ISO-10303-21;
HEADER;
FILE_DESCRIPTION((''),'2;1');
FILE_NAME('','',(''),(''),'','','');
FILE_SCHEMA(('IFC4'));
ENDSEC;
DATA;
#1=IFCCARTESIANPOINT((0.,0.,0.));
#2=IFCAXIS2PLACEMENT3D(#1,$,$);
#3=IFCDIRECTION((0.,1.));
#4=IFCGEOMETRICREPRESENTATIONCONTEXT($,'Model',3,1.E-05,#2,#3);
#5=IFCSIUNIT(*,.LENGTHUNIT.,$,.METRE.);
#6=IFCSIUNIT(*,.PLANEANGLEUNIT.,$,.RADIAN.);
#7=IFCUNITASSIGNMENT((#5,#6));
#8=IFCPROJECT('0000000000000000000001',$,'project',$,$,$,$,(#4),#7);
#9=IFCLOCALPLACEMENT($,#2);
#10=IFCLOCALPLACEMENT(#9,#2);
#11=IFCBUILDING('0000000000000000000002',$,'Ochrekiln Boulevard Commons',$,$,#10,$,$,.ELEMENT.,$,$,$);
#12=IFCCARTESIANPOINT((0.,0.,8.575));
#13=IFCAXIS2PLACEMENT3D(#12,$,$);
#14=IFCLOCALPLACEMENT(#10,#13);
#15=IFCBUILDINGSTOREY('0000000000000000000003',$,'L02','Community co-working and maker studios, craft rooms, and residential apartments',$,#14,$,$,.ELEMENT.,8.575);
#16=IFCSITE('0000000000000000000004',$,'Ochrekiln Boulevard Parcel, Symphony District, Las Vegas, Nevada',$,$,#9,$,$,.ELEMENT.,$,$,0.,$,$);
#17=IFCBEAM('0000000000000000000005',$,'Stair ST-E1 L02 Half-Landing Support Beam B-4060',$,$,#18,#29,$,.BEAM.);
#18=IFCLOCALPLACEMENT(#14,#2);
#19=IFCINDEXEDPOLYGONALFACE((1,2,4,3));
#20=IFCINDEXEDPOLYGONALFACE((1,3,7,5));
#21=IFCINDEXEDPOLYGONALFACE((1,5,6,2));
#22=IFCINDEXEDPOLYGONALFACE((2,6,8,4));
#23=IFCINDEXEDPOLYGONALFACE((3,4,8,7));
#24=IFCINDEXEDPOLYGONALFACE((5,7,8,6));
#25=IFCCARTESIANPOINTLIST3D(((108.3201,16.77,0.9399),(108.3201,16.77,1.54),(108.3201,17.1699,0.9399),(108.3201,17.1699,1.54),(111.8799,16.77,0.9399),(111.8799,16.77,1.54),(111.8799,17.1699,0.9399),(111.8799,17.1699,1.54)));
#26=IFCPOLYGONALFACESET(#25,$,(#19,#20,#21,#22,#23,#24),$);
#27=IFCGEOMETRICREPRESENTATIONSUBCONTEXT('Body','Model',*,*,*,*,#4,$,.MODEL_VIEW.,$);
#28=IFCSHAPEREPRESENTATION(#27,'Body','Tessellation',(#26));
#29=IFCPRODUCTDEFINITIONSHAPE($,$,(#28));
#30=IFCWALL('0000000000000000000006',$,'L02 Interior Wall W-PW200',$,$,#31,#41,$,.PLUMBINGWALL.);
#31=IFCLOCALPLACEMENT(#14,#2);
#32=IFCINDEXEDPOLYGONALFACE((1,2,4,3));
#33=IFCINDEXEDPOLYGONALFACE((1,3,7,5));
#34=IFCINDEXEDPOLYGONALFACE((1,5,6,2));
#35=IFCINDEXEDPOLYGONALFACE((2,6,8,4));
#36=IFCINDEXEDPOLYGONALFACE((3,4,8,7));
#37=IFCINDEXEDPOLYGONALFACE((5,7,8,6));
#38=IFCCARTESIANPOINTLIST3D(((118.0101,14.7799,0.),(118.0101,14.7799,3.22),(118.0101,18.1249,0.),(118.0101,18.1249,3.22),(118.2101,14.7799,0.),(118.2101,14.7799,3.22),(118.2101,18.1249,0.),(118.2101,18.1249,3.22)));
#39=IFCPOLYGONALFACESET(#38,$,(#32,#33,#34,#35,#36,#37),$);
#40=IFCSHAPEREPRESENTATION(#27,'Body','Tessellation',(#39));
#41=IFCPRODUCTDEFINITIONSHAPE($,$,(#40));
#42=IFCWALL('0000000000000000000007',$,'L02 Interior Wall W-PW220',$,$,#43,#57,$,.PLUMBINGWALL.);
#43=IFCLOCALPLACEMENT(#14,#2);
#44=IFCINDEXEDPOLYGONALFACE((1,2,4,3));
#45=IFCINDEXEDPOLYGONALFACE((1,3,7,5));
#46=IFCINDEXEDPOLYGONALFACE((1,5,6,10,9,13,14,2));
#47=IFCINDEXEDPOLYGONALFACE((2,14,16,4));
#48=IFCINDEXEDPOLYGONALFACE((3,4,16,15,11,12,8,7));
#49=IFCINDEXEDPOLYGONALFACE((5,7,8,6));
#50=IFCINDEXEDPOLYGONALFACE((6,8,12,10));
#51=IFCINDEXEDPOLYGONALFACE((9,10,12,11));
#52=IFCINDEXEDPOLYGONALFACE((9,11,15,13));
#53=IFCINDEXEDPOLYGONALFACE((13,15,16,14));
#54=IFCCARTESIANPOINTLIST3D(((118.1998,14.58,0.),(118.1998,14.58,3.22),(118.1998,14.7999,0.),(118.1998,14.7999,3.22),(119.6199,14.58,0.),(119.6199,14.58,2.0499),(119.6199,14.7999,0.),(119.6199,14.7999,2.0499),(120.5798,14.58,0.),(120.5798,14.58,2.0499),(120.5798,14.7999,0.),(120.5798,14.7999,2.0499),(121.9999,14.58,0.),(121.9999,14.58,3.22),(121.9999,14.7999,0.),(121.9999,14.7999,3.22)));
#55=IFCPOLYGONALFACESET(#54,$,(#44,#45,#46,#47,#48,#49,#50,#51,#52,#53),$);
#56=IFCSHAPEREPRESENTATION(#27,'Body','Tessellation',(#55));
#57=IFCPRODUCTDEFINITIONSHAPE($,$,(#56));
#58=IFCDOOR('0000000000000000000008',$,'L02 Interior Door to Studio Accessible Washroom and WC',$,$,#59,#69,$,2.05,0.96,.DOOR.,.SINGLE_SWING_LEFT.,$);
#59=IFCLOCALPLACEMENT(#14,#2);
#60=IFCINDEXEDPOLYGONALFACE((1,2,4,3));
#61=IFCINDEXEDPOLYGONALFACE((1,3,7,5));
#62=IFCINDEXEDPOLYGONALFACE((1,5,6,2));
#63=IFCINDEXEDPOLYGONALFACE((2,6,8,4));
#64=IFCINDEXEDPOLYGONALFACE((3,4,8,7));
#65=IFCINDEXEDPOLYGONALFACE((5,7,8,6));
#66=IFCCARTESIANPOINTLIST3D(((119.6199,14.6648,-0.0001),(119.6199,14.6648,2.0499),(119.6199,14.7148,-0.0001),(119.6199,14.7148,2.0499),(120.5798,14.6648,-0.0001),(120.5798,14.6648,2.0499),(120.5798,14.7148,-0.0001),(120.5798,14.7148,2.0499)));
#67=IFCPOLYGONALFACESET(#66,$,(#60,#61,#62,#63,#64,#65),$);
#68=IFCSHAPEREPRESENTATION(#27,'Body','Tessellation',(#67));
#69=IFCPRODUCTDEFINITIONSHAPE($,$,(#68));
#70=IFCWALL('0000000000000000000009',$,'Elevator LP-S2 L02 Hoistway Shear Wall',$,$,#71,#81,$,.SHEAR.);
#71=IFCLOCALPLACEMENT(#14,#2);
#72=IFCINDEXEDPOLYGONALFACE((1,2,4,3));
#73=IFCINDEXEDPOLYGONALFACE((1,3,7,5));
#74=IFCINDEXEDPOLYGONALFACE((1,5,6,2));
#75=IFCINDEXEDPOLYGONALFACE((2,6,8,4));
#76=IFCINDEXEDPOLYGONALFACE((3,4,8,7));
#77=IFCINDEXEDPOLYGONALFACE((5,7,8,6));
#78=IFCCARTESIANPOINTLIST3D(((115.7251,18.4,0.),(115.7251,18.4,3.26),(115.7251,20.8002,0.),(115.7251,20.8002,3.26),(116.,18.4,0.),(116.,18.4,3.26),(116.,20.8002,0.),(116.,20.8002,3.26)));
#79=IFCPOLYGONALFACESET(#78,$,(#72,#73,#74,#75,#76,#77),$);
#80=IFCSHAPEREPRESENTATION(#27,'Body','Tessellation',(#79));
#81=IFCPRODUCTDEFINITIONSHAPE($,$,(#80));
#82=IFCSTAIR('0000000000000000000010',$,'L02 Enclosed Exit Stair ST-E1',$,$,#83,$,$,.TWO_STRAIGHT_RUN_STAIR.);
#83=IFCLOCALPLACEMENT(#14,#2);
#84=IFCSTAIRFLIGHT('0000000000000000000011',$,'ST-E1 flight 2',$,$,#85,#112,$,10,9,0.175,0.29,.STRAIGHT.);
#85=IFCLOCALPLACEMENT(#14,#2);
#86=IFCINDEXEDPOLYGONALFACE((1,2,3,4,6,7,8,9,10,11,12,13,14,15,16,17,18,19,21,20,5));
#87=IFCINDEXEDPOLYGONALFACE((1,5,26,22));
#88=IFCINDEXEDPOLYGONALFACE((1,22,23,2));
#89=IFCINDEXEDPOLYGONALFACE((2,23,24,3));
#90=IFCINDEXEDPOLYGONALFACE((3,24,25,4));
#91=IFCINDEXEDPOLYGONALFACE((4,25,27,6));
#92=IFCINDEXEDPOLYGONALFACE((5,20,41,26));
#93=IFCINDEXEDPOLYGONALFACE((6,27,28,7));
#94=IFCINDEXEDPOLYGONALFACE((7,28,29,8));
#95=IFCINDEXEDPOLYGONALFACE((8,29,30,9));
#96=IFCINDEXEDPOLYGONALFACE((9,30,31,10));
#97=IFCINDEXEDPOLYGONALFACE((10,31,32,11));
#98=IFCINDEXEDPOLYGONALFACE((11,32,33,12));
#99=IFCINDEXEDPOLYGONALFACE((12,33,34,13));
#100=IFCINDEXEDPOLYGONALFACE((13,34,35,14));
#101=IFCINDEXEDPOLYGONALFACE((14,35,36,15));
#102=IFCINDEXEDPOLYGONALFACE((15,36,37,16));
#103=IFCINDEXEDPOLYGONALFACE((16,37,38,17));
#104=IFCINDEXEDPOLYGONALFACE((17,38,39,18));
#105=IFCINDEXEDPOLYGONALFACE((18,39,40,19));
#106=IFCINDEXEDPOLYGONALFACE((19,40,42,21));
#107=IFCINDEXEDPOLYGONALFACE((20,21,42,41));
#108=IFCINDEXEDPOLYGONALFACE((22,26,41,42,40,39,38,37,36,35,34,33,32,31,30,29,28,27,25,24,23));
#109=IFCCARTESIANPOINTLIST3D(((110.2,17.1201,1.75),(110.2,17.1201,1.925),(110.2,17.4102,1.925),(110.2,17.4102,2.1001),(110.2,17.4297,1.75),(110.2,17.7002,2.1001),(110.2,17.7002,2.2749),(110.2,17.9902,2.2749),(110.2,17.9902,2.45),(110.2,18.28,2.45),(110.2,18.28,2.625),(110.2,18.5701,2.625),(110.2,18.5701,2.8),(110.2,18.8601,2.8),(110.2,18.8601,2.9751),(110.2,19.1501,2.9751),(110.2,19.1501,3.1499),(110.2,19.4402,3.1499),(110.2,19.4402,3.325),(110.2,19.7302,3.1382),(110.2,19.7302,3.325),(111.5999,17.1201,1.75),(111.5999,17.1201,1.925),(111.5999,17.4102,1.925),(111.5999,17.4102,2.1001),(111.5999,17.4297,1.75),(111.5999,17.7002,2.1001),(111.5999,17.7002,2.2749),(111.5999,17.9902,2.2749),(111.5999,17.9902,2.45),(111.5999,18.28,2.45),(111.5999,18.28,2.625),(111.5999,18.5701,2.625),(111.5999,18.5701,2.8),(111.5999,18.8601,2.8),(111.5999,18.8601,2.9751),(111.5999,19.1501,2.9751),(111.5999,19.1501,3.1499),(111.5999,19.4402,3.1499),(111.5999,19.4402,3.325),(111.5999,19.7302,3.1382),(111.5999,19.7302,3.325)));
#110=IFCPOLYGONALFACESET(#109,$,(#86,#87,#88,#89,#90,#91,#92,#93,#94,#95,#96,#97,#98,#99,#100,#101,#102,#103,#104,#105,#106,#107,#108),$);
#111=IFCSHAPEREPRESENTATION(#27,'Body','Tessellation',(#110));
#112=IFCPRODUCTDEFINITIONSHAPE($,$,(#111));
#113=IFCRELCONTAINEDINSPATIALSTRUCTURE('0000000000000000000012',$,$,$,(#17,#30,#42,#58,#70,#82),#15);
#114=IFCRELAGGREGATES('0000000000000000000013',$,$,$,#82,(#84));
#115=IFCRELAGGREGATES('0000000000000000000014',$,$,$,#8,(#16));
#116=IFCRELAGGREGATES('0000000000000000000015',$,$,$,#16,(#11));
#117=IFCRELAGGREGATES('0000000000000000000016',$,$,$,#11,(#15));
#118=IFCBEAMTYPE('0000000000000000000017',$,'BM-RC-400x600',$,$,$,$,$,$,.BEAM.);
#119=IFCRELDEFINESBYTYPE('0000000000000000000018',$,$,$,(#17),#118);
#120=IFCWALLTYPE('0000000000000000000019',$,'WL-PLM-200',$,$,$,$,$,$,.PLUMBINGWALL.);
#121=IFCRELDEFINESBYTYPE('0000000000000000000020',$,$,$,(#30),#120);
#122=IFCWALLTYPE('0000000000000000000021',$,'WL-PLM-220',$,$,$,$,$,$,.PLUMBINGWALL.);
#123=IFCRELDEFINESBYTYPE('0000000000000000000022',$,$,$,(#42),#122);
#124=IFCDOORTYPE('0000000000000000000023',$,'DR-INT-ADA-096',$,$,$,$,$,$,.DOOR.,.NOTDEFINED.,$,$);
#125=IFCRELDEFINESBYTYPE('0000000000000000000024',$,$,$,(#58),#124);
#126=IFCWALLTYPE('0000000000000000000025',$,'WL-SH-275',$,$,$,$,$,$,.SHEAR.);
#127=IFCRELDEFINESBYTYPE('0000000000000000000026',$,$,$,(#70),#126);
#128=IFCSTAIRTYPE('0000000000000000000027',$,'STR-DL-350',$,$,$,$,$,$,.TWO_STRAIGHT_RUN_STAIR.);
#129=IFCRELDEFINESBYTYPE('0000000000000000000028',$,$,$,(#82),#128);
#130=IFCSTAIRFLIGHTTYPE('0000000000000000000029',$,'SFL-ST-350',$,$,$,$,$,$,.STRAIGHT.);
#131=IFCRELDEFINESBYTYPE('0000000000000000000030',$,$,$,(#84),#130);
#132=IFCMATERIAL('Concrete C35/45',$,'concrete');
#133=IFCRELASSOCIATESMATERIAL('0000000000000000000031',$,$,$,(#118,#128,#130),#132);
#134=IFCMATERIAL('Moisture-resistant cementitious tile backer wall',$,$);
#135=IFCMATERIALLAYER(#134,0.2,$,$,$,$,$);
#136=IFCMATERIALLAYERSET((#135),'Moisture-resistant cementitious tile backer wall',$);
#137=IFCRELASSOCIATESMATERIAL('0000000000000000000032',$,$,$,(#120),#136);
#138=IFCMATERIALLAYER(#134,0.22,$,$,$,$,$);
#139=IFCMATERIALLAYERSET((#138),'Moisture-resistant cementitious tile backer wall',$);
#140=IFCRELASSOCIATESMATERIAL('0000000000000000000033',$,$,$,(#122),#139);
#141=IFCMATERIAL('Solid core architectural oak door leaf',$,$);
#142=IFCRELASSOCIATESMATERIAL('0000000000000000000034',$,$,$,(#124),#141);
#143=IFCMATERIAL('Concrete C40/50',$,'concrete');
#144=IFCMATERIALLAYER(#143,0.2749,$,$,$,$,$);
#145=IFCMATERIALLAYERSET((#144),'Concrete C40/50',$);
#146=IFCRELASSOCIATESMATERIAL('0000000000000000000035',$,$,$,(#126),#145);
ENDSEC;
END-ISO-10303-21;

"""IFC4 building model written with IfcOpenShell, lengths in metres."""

from ifc_helpers import new_model, si_unit, direction, frame, frame_2d, origin, origin_2d, place, context, subcontext, project, spatial, polyline, rectangle, outline, extrude, material, layer, layer_set, material_profile, profile_set, type_object, element, fill, aggregate, save


model = new_model("IFC4")

# Units and contexts
model_context = context("Model", 3, precision=1e-05, world=origin(), true_north=direction((0.0, 1.0)))
body_context = subcontext(model_context, "Body", "Model", "MODEL_VIEW")
ifc_project = project(units=[si_unit("LENGTHUNIT", "METRE"), si_unit("PLANEANGLEUNIT", "RADIAN")], contexts=[model_context])

# Site, building, storey
site_placement = place(None, origin())
site = spatial("IfcSite", under=ifc_project, at=site_placement, Name="Ochrekiln Boulevard Parcel, Symphony District, Las Vegas, Nevada", CompositionType="ELEMENT", RefElevation=0.0)
building_placement = place(site_placement, origin())
building = spatial("IfcBuilding", under=site, at=building_placement, Name="Ochrekiln Boulevard Commons", CompositionType="ELEMENT")
storey_placement = place(building_placement, frame((0.0, 0.0, 8.575)))
storey = spatial("IfcBuildingStorey", under=building, at=storey_placement, Name="L02", Description="Community co-working and maker studios, craft rooms, and residential apartments", CompositionType="ELEMENT", Elevation=8.575)

# Beam
ifc_material_1 = material(Name="Concrete C35/45", Category="concrete")
ifc_material_profile = material_profile(ifc_material_1, rectangle(XDim=0.3999, YDim=0.6001, at=origin_2d()), Name="RC-BM-400x600")
ifc_profile_set = profile_set([ifc_material_profile], Name="Concrete C35/45")
beam_type = type_object("IfcBeamType", Name="BM-RC-400x600", PredefinedType="BEAM", material=ifc_profile_set)
beam_placement = place(storey_placement, frame((108.3201, 16.97, 1.24), z_axis=(1.0, 0.0, 0.0), x_axis=(0.0, 1.0, 0.0)))
element("IfcBeam", 1, at=beam_placement, inside=storey, type_object=beam_type, Name="Stair ST-E1 L02 Half-Landing Support Beam B-4060", PredefinedType="BEAM", context=body_context, shape_type="SweptSolid", body=[
    extrude(rectangle(XDim=0.3999, YDim=0.6001, at=origin_2d()), origin(), (0.0, 0.0, 1.0), 3.5598),
])

# Wall
ifc_material_2 = material(Name="Moisture-resistant cementitious tile backer wall")
ifc_layer_1 = layer(ifc_material_2, 0.2)
ifc_layer_set_1 = layer_set([ifc_layer_1], Name="Moisture-resistant cementitious tile backer wall")
wall_type_1 = type_object("IfcWallType", Name="WL-PLM-200", PredefinedType="PLUMBINGWALL", material=ifc_layer_set_1)
wall_1_placement = place(storey_placement, frame((118.1101, 14.78, 0.0), z_axis=(0.0, 0.0, 1.0), x_axis=(0.0, 1.0, 0.0)))
element("IfcWall", 2, at=wall_1_placement, inside=storey, type_object=wall_type_1, Name="L02 Interior Wall W-PW200", PredefinedType="PLUMBINGWALL", context=body_context, shape_type="SweptSolid", body=[
    extrude(rectangle(XDim=3.345, YDim=0.2, at=frame_2d((1.6724, 0.0))), origin(), (0.0, 0.0, 1.0), 3.22),
])

# Wall, opening, door
ifc_layer_2 = layer(ifc_material_2, 0.22)
ifc_layer_set_2 = layer_set([ifc_layer_2], Name="Moisture-resistant cementitious tile backer wall")
wall_type_2 = type_object("IfcWallType", Name="WL-PLM-220", PredefinedType="PLUMBINGWALL", material=ifc_layer_set_2)
wall_2_placement = place(storey_placement, frame((118.2, 14.6899, 0.0), z_axis=(0.0, 0.0, 1.0), x_axis=(1.0, 0.0, 0.0)))
wall_2 = element("IfcWall", 3, at=wall_2_placement, inside=storey, type_object=wall_type_2, Name="L02 Interior Wall W-PW220", PredefinedType="PLUMBINGWALL", context=body_context, shape_type="SweptSolid", body=[
    extrude(rectangle(XDim=3.8, YDim=0.22, at=frame_2d((1.8999, 0.0))), origin(), (0.0, 0.0, 1.0), 3.22),
])
opening_1_placement = place(wall_2_placement, frame((1.4199, 0.0, 0.0)))
opening_1 = element("IfcOpeningElement", 4, at=opening_1_placement, cuts=wall_2, PredefinedType="OPENING", context=body_context, shape_type="SweptSolid", body=[
    extrude(rectangle(XDim=0.96, YDim=2.05, at=frame_2d((0.48, 1.0249))), frame((0.0, 0.1199, 0.0), z_axis=(0.0, -1.0, 0.0), x_axis=(1.0, 0.0, 0.0)), (0.0, 0.0, 1.0), 0.24),
])
ifc_material_3 = material(Name="Solid core architectural oak door leaf")
door_type_1 = type_object("IfcDoorType", Name="DR-INT-ADA-096", OperationType="NOTDEFINED", PredefinedType="DOOR", material=ifc_material_3)
door_1_placement = place(opening_1_placement, origin())
door_1 = element("IfcDoor", 5, at=door_1_placement, inside=storey, type_object=door_type_1, Name="L02 Interior Door to Studio Accessible Washroom and WC", OperationType="SINGLE_SWING_LEFT", OverallHeight=2.05, OverallWidth=0.96, PredefinedType="DOOR", context=body_context, shape_type="SweptSolid", body=[
    extrude(rectangle(XDim=0.96, YDim=2.05, at=frame_2d((0.48, 1.0249))), frame((0.0, 0.0249, 0.0), z_axis=(0.0, -1.0, 0.0), x_axis=(1.0, 0.0, 0.0)), (0.0, 0.0, 1.0), 0.05),
])
fill(opening_1, door_1)
ifc_material_4 = material(Name="Concrete C40/50", Category="concrete")
ifc_layer_3 = layer(ifc_material_4, 0.2749)
ifc_layer_set_3 = layer_set([ifc_layer_3], Name="Concrete C40/50")
wall_type_3 = type_object("IfcWallType", Name="WL-SH-275", PredefinedType="SHEAR", material=ifc_layer_set_3)

# Wall
wall_3_placement = place(storey_placement, frame((115.8625, 18.3999, 0.0), z_axis=(0.0, 0.0, 1.0), x_axis=(0.0, 1.0, 0.0)))
element("IfcWall", 6, at=wall_3_placement, inside=storey, type_object=wall_type_3, Name="Elevator LP-S2 L02 Hoistway Shear Wall", PredefinedType="SHEAR", context=body_context, shape_type="SweptSolid", body=[
    extrude(rectangle(XDim=2.4001, YDim=0.2749, at=frame_2d((1.2002, 0.0))), origin(), (0.0, 0.0, 1.0), 3.26),
])

# Stair, stair flight
stair_type = type_object("IfcStairType", Name="STR-DL-350", PredefinedType="TWO_STRAIGHT_RUN_STAIR", material=ifc_material_1)
stair_placement = place(storey_placement, origin())
stair = element("IfcStair", 7, at=stair_placement, inside=storey, type_object=stair_type, Name="L02 Enclosed Exit Stair ST-E1", PredefinedType="TWO_STRAIGHT_RUN_STAIR")
stair_flight_type = type_object("IfcStairFlightType", Name="SFL-ST-350", PredefinedType="STRAIGHT", material=ifc_material_1)
stair_flight_placement = place(storey_placement, frame((110.8999, 17.1201, 1.75), z_axis=(0.0, 0.0, 1.0), x_axis=(0.0, 1.0, 0.0)))
stair_flight = element("IfcStairFlight", 8, at=stair_flight_placement, type_object=stair_flight_type, Name="ST-E1 flight 2", NumberOfRisers=10, NumberOfTreads=9, PredefinedType="STRAIGHT", RiserHeight=0.175, TreadLength=0.29, context=body_context, shape_type="SweptSolid", body=[
    extrude(outline(polyline([(0.0, 0.0), (0.0, 0.175), (0.29, 0.175), (0.29, 0.3501), (0.5801, 0.3501), (0.5801, 0.5249), (0.8701, 0.5249), (0.8701, 0.7), (1.1599, 0.7), (1.1599, 0.875), (1.45, 0.875), (1.45, 1.05), (1.74, 1.05), (1.74, 1.2251), (2.03, 1.2251), (2.03, 1.3999), (2.3201, 1.3999), (2.3201, 1.575), (2.6101, 1.575), (2.6101, 1.75), (2.6101, 1.3882), (0.3096, 0.0), (0.0, 0.0)])), frame((0.0, 0.7, 0.0), z_axis=(0.0, -1.0, 0.0), x_axis=(1.0, 0.0, 0.0)), (0.0, 0.0, 1.0), 1.3999),
])
aggregate(stair, [stair_flight])

save(model, "model.ifc")
